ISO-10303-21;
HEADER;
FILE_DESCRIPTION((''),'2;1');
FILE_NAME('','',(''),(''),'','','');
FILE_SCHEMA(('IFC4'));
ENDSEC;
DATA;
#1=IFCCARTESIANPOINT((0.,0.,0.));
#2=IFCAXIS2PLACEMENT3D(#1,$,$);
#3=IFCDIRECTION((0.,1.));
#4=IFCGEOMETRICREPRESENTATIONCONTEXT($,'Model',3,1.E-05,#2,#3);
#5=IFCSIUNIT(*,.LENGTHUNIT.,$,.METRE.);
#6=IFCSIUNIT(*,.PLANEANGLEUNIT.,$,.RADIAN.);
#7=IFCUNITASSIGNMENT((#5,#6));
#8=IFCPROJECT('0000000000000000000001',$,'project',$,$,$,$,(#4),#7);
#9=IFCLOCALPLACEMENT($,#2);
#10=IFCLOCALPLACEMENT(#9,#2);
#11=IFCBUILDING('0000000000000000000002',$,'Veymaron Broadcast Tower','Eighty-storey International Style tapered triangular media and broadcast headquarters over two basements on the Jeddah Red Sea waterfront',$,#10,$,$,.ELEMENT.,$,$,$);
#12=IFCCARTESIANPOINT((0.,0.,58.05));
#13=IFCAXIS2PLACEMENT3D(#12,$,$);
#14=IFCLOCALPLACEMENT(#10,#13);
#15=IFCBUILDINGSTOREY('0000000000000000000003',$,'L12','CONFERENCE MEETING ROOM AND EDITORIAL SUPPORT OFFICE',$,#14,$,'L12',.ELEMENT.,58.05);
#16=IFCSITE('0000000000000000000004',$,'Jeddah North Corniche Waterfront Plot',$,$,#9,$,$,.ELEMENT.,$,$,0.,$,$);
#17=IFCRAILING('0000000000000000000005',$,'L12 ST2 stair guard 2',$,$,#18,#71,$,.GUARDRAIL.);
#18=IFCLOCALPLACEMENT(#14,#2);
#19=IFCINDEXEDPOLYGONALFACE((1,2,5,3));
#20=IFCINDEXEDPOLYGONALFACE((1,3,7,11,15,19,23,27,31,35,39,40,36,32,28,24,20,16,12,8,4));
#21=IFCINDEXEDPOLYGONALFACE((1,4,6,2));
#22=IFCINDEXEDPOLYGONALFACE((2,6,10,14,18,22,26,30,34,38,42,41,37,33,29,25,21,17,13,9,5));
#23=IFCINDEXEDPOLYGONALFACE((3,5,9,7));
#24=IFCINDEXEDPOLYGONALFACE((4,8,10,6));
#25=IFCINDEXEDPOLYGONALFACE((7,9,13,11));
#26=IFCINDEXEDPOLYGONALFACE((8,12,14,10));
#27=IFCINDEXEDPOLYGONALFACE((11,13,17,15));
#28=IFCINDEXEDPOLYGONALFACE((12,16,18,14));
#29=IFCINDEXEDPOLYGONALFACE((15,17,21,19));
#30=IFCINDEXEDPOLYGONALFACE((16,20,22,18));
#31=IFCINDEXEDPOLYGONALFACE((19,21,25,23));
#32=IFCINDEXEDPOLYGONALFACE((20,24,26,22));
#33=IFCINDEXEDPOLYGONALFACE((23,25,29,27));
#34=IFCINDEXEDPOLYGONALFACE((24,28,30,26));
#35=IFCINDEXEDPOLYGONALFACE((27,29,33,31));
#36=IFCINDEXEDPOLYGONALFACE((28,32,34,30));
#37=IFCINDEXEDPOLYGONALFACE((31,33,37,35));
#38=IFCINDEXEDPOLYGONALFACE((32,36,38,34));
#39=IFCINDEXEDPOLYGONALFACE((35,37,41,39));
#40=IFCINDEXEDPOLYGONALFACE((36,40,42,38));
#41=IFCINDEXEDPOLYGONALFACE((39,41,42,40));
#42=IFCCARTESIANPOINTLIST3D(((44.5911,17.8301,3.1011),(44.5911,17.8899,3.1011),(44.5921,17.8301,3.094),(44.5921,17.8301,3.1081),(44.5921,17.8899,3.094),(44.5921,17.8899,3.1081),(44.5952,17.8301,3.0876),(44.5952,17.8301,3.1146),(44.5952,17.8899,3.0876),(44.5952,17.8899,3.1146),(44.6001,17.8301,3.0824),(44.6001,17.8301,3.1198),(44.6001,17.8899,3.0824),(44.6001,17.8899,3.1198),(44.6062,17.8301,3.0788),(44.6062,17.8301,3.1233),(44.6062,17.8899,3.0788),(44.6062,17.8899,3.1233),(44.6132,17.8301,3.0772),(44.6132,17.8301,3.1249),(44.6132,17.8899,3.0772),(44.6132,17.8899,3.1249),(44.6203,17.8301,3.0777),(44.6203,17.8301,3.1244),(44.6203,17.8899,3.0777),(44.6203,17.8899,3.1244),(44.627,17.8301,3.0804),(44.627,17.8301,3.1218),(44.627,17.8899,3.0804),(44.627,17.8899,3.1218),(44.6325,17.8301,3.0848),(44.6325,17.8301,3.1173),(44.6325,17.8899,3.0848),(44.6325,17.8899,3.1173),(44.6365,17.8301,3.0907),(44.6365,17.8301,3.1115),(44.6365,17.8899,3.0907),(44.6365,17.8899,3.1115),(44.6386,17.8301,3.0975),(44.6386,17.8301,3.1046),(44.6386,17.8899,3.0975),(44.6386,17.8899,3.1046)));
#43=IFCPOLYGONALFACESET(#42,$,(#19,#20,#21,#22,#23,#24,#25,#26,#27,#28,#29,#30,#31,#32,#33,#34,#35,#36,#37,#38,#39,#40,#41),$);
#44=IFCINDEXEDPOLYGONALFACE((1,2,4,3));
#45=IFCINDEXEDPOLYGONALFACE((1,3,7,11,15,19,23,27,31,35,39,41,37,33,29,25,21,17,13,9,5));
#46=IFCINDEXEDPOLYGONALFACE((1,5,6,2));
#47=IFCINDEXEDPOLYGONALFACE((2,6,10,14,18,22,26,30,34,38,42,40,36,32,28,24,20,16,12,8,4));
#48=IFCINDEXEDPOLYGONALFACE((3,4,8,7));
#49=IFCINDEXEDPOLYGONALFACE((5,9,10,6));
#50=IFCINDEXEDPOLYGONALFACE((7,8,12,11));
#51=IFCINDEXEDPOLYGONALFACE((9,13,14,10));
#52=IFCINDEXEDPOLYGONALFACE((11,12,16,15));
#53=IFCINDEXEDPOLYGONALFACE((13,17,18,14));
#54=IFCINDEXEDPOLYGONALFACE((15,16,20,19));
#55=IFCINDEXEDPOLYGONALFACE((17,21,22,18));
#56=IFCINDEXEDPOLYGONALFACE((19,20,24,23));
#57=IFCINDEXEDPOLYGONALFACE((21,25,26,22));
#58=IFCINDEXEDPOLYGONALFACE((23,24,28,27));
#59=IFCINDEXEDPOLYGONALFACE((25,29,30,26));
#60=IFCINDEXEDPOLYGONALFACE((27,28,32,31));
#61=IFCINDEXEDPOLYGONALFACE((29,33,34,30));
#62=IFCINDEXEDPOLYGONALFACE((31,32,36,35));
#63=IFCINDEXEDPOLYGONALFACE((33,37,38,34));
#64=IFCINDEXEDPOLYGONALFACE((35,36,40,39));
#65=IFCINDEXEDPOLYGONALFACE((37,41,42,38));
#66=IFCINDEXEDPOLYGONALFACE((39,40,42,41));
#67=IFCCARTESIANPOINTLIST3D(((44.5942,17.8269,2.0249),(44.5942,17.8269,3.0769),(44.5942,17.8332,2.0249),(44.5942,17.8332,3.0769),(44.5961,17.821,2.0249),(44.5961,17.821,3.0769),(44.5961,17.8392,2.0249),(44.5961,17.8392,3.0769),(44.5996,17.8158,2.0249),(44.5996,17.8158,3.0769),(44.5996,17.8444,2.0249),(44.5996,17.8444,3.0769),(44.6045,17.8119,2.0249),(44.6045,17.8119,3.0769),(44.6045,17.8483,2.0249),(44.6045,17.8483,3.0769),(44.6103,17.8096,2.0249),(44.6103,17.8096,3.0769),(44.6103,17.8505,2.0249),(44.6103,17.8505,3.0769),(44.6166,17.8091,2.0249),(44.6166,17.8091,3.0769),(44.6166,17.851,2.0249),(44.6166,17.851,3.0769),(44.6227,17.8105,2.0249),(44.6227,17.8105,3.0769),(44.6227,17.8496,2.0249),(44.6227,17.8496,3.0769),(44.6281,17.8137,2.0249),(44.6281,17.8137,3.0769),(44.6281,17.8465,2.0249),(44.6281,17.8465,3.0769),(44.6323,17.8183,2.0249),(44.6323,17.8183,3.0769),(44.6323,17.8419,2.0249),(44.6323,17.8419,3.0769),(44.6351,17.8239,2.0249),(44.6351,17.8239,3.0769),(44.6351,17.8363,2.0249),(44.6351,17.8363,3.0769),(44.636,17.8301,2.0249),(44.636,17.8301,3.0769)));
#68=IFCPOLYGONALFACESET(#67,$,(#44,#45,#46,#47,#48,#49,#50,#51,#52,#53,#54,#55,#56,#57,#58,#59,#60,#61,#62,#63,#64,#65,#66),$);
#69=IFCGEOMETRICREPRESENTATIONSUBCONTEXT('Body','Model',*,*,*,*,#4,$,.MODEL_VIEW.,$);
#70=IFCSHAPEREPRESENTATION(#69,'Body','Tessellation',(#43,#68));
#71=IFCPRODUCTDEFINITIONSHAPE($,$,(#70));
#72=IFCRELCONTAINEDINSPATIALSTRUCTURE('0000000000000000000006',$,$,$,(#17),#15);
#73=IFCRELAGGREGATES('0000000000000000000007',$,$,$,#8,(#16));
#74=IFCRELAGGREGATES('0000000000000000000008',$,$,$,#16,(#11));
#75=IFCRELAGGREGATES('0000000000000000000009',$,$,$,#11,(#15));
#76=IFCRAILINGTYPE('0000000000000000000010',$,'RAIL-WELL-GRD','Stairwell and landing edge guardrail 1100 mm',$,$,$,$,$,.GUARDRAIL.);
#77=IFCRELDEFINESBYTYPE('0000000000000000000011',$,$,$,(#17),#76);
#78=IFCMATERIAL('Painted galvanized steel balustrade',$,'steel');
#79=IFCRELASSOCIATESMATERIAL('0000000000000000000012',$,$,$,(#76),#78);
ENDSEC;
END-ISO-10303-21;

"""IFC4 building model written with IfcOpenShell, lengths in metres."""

from ifc_helpers import new_model, si_unit, direction, frame, origin, origin_2d, place, context, subcontext, project, spatial, circle, extrude, material, type_object, element, save


model = new_model("IFC4")

# Units and contexts
model_context = context("Model", 3, precision=1e-05, world=origin(), true_north=direction((0.0, 1.0)))
body_context = subcontext(model_context, "Body", "Model", "MODEL_VIEW")
ifc_project = project(units=[si_unit("LENGTHUNIT", "METRE"), si_unit("PLANEANGLEUNIT", "RADIAN")], contexts=[model_context])

# Site, building, storey
site_placement = place(None, origin())
site = spatial("IfcSite", under=ifc_project, at=site_placement, Name="Jeddah North Corniche Waterfront Plot", CompositionType="ELEMENT", RefElevation=0.0)
building_placement = place(site_placement, origin())
building = spatial("IfcBuilding", under=site, at=building_placement, Name="Veymaron Broadcast Tower", Description="Eighty-storey International Style tapered triangular media and broadcast headquarters over two basements on the Jeddah Red Sea waterfront", CompositionType="ELEMENT")
storey_placement = place(building_placement, frame((0.0, 0.0, 58.05)))
storey = spatial("IfcBuildingStorey", under=building, at=storey_placement, Name="L12", Description="CONFERENCE MEETING ROOM AND EDITORIAL SUPPORT OFFICE", LongName="L12", CompositionType="ELEMENT", Elevation=58.05)

# Railing
ifc_material_1 = material(Name="Painted galvanized steel balustrade", Category="steel")
railing_type_1 = type_object("IfcRailingType", Name="RAIL-WELL-GRD", Description="Stairwell and landing edge guardrail 1100 mm", PredefinedType="GUARDRAIL", material=ifc_material_1)
railing_1_placement = place(storey_placement, frame((44.615, 17.8301, 2.0249)))
element("IfcRailing", 1, at=railing_1_placement, inside=storey, type_object=railing_type_1, Name="L12 ST2 stair guard 2", PredefinedType="GUARDRAIL", context=body_context, shape_type="SweptSolid", body=[
    extrude(circle(Radius=0.0239, at=origin_2d()), frame((0.0, 0.0, 1.0762), z_axis=(0.0, 1.0, 0.0), x_axis=(-1.0, 0.0, 0.0)), (0.0, 0.0, 1.0), 0.0598),
    extrude(circle(Radius=0.021, at=origin_2d()), origin(), (0.0, 0.0, 1.0), 1.052),
])

save(model, "model.ifc")
